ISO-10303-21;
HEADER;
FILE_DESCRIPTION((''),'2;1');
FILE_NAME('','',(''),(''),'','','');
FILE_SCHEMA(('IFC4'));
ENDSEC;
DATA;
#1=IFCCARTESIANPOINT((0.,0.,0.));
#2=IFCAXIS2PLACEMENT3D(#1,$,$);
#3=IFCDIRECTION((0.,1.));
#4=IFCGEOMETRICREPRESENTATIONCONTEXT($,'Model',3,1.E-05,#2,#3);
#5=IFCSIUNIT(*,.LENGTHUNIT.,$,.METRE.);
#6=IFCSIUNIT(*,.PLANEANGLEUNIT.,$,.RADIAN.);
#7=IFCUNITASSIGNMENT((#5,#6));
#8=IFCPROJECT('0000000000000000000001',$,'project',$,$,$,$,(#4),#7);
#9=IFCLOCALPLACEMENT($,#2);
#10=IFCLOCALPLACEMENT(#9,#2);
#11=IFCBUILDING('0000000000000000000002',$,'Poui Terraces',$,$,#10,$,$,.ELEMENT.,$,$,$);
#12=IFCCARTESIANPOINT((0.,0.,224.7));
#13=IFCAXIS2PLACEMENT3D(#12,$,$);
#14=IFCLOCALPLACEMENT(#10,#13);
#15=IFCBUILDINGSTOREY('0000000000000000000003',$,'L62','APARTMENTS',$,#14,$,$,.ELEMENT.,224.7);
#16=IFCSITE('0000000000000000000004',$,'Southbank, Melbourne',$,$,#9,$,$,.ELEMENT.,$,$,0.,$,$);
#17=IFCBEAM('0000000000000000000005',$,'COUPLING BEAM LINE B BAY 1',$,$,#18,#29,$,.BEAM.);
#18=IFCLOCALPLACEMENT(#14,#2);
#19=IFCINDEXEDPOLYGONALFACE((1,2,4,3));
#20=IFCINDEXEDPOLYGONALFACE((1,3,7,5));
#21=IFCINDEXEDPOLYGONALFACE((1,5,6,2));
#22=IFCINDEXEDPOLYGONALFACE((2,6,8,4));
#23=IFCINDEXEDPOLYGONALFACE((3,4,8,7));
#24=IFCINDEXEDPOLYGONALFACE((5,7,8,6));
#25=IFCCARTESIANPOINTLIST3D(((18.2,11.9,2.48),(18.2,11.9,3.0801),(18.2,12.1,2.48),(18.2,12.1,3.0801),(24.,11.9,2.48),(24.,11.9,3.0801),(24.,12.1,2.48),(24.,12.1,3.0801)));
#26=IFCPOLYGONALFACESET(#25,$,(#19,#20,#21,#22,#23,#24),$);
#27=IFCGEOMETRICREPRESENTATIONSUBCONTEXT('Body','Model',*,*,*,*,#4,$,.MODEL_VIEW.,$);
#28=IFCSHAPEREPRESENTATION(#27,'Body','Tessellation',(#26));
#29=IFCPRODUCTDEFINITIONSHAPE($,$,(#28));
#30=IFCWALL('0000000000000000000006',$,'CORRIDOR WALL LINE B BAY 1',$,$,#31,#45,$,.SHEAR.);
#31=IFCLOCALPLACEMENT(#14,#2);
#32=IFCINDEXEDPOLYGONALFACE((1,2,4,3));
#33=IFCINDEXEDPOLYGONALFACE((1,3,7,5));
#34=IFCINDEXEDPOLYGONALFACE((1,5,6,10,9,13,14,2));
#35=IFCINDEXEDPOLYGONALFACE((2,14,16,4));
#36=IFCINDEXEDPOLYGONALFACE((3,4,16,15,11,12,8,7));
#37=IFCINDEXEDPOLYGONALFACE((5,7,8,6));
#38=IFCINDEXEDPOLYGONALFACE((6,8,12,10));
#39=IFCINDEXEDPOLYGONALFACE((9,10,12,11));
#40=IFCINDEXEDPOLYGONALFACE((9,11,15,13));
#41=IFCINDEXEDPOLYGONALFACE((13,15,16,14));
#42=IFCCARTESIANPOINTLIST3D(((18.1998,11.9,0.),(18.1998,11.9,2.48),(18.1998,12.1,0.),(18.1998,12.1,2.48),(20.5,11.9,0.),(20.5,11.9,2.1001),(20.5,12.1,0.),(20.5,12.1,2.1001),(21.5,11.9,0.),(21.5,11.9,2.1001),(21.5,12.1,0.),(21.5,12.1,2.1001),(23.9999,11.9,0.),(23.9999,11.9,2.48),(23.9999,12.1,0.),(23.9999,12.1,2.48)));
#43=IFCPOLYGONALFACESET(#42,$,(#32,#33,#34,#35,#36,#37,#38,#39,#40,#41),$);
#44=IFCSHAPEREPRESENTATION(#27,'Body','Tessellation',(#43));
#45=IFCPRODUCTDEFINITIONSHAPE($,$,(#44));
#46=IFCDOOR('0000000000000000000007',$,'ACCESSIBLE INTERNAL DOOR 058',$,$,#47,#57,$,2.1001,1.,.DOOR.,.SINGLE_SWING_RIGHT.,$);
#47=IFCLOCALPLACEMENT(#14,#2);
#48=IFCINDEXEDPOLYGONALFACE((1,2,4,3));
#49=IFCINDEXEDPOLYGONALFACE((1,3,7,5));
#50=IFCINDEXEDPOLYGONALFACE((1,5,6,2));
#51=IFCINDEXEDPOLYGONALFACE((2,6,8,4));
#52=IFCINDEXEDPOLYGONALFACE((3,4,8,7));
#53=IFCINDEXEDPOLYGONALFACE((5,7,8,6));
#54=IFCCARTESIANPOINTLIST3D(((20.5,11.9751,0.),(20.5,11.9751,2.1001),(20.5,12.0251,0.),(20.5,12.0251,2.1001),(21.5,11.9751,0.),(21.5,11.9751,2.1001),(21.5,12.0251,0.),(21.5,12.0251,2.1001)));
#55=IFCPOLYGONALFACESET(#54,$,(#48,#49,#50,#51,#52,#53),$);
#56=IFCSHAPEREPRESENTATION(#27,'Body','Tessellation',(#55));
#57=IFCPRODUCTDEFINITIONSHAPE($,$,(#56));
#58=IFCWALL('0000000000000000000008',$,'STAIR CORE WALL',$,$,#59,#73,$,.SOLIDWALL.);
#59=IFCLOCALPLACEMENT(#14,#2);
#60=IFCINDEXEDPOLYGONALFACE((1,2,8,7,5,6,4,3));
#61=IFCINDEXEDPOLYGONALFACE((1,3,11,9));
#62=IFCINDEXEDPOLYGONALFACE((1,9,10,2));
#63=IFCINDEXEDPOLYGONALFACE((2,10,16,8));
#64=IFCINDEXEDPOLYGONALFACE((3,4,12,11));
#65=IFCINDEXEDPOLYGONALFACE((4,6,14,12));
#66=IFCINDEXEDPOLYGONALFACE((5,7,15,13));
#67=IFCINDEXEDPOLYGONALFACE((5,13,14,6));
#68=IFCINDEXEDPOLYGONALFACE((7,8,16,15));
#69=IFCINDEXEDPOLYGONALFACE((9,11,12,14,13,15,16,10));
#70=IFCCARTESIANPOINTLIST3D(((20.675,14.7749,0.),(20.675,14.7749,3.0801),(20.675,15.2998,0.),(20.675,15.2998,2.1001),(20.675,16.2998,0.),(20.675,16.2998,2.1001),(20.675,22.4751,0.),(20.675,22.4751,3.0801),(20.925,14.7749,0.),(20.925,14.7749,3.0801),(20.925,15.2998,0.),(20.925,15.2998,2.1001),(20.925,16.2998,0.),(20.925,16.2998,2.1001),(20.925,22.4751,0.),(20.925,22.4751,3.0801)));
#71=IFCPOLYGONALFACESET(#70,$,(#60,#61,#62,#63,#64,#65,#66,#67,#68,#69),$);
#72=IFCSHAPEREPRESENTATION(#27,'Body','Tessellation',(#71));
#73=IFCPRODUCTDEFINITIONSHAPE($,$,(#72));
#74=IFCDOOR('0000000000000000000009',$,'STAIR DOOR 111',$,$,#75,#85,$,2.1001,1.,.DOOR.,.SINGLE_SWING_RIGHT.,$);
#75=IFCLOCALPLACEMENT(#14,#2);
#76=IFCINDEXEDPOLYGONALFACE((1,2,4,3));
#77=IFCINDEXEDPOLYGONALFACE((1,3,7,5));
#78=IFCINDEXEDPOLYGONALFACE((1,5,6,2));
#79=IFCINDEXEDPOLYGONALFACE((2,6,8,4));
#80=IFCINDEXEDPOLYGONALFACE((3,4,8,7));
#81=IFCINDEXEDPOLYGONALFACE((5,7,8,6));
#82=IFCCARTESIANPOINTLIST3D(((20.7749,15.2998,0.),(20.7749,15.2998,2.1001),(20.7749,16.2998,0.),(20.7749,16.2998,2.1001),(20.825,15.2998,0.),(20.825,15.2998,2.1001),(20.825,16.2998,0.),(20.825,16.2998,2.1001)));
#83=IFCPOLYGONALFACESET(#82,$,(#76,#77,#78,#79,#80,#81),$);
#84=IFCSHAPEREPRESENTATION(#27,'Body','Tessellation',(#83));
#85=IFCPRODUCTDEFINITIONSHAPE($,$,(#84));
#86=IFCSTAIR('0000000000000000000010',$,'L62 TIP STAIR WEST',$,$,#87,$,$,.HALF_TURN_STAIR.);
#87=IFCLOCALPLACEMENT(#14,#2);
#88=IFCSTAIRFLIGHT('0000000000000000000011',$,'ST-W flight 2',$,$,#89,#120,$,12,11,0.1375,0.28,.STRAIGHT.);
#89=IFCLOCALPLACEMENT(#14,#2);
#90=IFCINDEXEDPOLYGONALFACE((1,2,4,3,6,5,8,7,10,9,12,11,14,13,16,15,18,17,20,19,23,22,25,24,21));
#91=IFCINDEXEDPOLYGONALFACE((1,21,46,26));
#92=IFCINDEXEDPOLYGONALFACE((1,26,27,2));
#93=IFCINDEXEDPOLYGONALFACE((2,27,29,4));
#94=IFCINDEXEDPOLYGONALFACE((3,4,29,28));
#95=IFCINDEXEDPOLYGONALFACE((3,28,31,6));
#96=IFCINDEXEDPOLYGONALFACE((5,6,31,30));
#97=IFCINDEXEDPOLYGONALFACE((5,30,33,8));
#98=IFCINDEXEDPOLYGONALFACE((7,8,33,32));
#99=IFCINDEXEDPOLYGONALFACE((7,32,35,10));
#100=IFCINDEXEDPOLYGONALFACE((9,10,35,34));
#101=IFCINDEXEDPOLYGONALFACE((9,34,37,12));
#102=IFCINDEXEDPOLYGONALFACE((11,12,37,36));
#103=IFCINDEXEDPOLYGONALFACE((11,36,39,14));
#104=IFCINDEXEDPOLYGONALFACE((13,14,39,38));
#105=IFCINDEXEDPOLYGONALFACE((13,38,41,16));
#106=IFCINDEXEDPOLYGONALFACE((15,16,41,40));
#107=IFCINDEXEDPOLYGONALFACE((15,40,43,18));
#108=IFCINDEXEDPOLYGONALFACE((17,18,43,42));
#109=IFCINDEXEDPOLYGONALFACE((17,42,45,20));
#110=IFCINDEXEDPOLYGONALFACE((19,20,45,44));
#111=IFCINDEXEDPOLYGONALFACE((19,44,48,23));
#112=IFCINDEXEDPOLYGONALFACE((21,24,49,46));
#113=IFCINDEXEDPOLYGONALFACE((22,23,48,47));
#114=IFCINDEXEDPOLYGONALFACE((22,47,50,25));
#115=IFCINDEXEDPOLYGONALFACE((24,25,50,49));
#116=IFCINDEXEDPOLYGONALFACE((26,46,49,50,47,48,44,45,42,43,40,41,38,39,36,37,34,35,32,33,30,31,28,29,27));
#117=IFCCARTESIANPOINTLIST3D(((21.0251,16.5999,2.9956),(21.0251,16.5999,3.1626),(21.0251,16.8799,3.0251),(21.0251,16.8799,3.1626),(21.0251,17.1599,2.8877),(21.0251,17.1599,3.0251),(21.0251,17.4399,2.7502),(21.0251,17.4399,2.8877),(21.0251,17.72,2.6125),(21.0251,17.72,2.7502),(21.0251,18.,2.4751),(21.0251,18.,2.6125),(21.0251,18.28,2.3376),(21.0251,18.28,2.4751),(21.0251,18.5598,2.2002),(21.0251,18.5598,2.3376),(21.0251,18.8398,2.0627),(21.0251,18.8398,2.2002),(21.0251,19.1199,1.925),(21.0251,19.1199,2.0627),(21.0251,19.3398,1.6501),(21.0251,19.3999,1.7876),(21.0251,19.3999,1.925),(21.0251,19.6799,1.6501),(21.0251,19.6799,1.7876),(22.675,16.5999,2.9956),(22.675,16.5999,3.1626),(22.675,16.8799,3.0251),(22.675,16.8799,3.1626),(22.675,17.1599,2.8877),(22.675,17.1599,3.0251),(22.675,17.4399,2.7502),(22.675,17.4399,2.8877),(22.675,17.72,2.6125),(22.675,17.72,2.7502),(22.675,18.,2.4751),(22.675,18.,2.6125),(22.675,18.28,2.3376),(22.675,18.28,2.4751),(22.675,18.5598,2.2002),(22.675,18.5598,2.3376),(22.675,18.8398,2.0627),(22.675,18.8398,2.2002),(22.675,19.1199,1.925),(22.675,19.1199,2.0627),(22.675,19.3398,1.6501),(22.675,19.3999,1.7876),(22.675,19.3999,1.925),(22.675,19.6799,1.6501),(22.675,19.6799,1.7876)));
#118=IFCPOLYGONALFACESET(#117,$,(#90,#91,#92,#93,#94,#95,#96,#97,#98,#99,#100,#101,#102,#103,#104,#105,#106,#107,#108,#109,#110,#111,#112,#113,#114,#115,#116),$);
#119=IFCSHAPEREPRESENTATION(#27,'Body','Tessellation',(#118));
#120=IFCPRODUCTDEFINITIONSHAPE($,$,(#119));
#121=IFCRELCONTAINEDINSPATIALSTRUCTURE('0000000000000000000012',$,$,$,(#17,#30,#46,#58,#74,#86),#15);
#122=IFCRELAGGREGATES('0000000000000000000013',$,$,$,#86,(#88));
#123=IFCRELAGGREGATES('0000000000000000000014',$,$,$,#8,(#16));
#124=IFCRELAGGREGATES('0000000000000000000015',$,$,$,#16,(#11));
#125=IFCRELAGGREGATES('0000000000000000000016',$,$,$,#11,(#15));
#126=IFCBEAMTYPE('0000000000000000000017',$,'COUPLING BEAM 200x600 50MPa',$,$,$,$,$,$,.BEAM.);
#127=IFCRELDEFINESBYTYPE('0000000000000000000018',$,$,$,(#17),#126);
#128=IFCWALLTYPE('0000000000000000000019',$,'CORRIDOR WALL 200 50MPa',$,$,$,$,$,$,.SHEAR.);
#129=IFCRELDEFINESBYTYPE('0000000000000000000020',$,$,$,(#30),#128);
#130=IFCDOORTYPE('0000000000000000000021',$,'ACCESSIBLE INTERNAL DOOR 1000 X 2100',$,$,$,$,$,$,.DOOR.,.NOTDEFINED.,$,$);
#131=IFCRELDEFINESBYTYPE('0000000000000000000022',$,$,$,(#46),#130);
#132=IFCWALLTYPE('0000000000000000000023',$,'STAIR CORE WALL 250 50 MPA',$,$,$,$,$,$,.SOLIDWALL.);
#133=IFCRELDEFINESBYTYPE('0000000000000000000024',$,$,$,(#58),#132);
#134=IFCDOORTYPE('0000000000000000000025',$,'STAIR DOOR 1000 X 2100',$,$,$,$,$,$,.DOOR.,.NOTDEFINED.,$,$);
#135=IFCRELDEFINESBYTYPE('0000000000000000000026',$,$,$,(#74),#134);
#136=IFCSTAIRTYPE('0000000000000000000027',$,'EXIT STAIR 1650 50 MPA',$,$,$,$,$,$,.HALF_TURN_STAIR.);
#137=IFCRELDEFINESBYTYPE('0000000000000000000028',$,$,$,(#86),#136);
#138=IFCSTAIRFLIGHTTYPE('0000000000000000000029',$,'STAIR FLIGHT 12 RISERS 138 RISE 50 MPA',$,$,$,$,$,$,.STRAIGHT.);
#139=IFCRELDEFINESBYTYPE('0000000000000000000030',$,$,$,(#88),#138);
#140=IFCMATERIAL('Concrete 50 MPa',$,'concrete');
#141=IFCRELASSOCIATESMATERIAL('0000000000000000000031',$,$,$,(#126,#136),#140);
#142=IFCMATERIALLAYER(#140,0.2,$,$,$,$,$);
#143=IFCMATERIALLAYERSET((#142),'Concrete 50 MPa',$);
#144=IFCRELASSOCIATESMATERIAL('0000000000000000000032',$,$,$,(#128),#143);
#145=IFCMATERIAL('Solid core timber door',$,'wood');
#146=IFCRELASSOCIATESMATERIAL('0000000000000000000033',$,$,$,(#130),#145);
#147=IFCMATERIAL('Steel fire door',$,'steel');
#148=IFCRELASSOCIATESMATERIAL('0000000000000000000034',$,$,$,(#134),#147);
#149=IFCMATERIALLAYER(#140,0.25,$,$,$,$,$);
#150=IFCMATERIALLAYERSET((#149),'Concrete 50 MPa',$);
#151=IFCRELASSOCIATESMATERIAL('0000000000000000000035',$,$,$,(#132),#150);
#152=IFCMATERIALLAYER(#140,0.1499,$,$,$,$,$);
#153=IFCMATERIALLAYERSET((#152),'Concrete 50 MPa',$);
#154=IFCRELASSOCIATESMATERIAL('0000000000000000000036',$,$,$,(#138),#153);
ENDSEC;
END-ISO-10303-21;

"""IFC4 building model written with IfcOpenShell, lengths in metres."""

from ifc_helpers import new_model, si_unit, direction, frame, frame_2d, origin, origin_2d, place, context, subcontext, project, spatial, polyline, rectangle, outline, extrude, source, transform, mapped, material, layer, layer_set, material_profile, profile_set, type_object, element, fill, aggregate, save


model = new_model("IFC4")

# Units and contexts
model_context = context("Model", 3, precision=1e-05, world=origin(), true_north=direction((0.0, 1.0)))
body_context = subcontext(model_context, "Body", "Model", "MODEL_VIEW")
ifc_project = project(units=[si_unit("LENGTHUNIT", "METRE"), si_unit("PLANEANGLEUNIT", "RADIAN")], contexts=[model_context])

# Site, building, storey
site_placement = place(None, origin())
site = spatial("IfcSite", under=ifc_project, at=site_placement, Name="Southbank, Melbourne", CompositionType="ELEMENT", RefElevation=0.0)
building_placement = place(site_placement, origin())
building = spatial("IfcBuilding", under=site, at=building_placement, Name="Poui Terraces", CompositionType="ELEMENT")
storey_placement = place(building_placement, frame((0.0, 0.0, 224.7)))
storey = spatial("IfcBuildingStorey", under=building, at=storey_placement, Name="L62", Description="APARTMENTS", CompositionType="ELEMENT", Elevation=224.7)

# Beam
ifc_material_1 = material(Name="Concrete 50 MPa", Category="concrete")
ifc_material_profile = material_profile(ifc_material_1, rectangle(XDim=0.2, YDim=0.6001, at=origin_2d()), Name="RC 200x600")
ifc_profile_set = profile_set([ifc_material_profile], Name="Concrete 50 MPa")
beam_type = type_object("IfcBeamType", Name="COUPLING BEAM 200x600 50MPa", PredefinedType="BEAM", material=ifc_profile_set)
shared_shape = source(origin(), body_context, "Body", "SweptSolid", [
    extrude(rectangle(XDim=0.2, YDim=0.6001, at=origin_2d()), origin(), (0.0, 0.0, 1.0), 5.8),
])
beam_placement = place(storey_placement, frame((18.2, 12.0, 2.78), z_axis=(1.0, 0.0, 0.0), x_axis=(0.0, 1.0, 0.0)))
element("IfcBeam", 1, at=beam_placement, inside=storey, type_object=beam_type, Name="COUPLING BEAM LINE B BAY 1", PredefinedType="BEAM", context=body_context, shape_type="MappedRepresentation", body=[
    mapped(shared_shape, transform((0.0, 0.0, 0.0))),
])

# Wall, opening, door
ifc_layer_1 = layer(ifc_material_1, 0.2)
ifc_layer_set_1 = layer_set([ifc_layer_1], Name="Concrete 50 MPa")
wall_type_1 = type_object("IfcWallType", Name="CORRIDOR WALL 200 50MPa", PredefinedType="SHEAR", material=ifc_layer_set_1)
wall_1_placement = place(storey_placement, frame((18.2, 12.0, 0.0), z_axis=(0.0, 0.0, 1.0), x_axis=(1.0, 0.0, 0.0)))
wall_1 = element("IfcWall", 2, at=wall_1_placement, inside=storey, type_object=wall_type_1, Name="CORRIDOR WALL LINE B BAY 1", PredefinedType="SHEAR", context=body_context, shape_type="SweptSolid", body=[
    extrude(rectangle(XDim=5.8, YDim=0.2, at=frame_2d((2.8999, 0.0))), origin(), (0.0, 0.0, 1.0), 2.48),
])
opening_1_placement = place(wall_1_placement, frame((2.3, 0.0, 0.0)))
opening_1 = element("IfcOpeningElement", 3, at=opening_1_placement, cuts=wall_1, PredefinedType="OPENING", context=body_context, shape_type="SweptSolid", body=[
    extrude(rectangle(XDim=1.0, YDim=2.1001, at=frame_2d((0.5, 1.05))), frame((0.0, 0.1099, 0.0), z_axis=(0.0, -1.0, 0.0), x_axis=(1.0, 0.0, 0.0)), (0.0, 0.0, 1.0), 0.22),
])
ifc_material_2 = material(Name="Solid core timber door", Category="wood")
door_type_1 = type_object("IfcDoorType", Name="ACCESSIBLE INTERNAL DOOR 1000 X 2100", OperationType="NOTDEFINED", PredefinedType="DOOR", material=ifc_material_2)
door_1_placement = place(opening_1_placement, frame((1.0, 0.0, 0.0), z_axis=(0.0, 0.0, 1.0), x_axis=(-1.0, 0.0, 0.0)))
door_1 = element("IfcDoor", 4, at=door_1_placement, inside=storey, type_object=door_type_1, Name="ACCESSIBLE INTERNAL DOOR 058", OperationType="SINGLE_SWING_RIGHT", OverallHeight=2.1001, OverallWidth=1.0, PredefinedType="DOOR", context=body_context, shape_type="SweptSolid", body=[
    extrude(rectangle(XDim=1.0, YDim=2.1001, at=frame_2d((0.5, 1.05))), frame((0.0, 0.0249, 0.0), z_axis=(0.0, -1.0, 0.0), x_axis=(1.0, 0.0, 0.0)), (0.0, 0.0, 1.0), 0.05),
])
fill(opening_1, door_1)

# Shared definitions
ifc_material_3 = material(Name="Steel fire door", Category="steel")
door_type_2 = type_object("IfcDoorType", Name="STAIR DOOR 1000 X 2100", OperationType="NOTDEFINED", PredefinedType="DOOR", material=ifc_material_3)

# Wall, opening, door
ifc_layer_2 = layer(ifc_material_1, 0.25)
ifc_layer_set_2 = layer_set([ifc_layer_2], Name="Concrete 50 MPa")
wall_type_2 = type_object("IfcWallType", Name="STAIR CORE WALL 250 50 MPA", PredefinedType="SOLIDWALL", material=ifc_layer_set_2)
wall_2_placement = place(storey_placement, frame((20.8, 14.7749, 0.0), z_axis=(0.0, 0.0, 1.0), x_axis=(0.0, 1.0, 0.0)))
wall_2 = element("IfcWall", 5, at=wall_2_placement, inside=storey, type_object=wall_type_2, Name="STAIR CORE WALL", PredefinedType="SOLIDWALL", context=body_context, shape_type="SweptSolid", body=[
    extrude(rectangle(XDim=7.7002, YDim=0.25, at=frame_2d((3.8501, 0.0))), origin(), (0.0, 0.0, 1.0), 3.0801),
])
opening_2_placement = place(wall_2_placement, frame((0.5249, 0.0, 0.0)))
opening_2 = element("IfcOpeningElement", 6, at=opening_2_placement, cuts=wall_2, PredefinedType="OPENING", context=body_context, shape_type="SweptSolid", body=[
    extrude(rectangle(XDim=1.0, YDim=2.1001, at=frame_2d((0.5, 1.05))), frame((0.0, 0.135, 0.0), z_axis=(0.0, -1.0, 0.0), x_axis=(1.0, 0.0, 0.0)), (0.0, 0.0, 1.0), 0.27),
])
door_2_placement = place(opening_2_placement, frame((1.0, 0.0, 0.0), z_axis=(0.0, 0.0, 1.0), x_axis=(-1.0, 0.0, 0.0)))
door_2 = element("IfcDoor", 7, at=door_2_placement, inside=storey, type_object=door_type_2, Name="STAIR DOOR 111", OperationType="SINGLE_SWING_RIGHT", OverallHeight=2.1001, OverallWidth=1.0, PredefinedType="DOOR", context=body_context, shape_type="SweptSolid", body=[
    extrude(rectangle(XDim=1.0, YDim=2.1001, at=frame_2d((0.5, 1.05))), frame((0.0, 0.0249, 0.0), z_axis=(0.0, -1.0, 0.0), x_axis=(1.0, 0.0, 0.0)), (0.0, 0.0, 1.0), 0.05),
])
fill(opening_2, door_2)

# Stair, stair flight
stair_type = type_object("IfcStairType", Name="EXIT STAIR 1650 50 MPA", PredefinedType="HALF_TURN_STAIR", material=ifc_material_1)
stair_placement = place(storey_placement, origin())
stair = element("IfcStair", 8, at=stair_placement, inside=storey, type_object=stair_type, Name="L62 TIP STAIR WEST", PredefinedType="HALF_TURN_STAIR")
ifc_layer_3 = layer(ifc_material_1, 0.1499)
ifc_layer_set_3 = layer_set([ifc_layer_3], Name="Concrete 50 MPa")
stair_flight_type = type_object("IfcStairFlightType", Name="STAIR FLIGHT 12 RISERS 138 RISE 50 MPA", PredefinedType="STRAIGHT", material=ifc_layer_set_3)
stair_flight_placement = place(storey_placement, frame((21.8501, 19.6799, 1.6501), z_axis=(0.0, 0.0, 1.0), x_axis=(0.0, -1.0, 0.0)))
stair_flight = element("IfcStairFlight", 9, at=stair_flight_placement, type_object=stair_flight_type, Name="ST-W flight 2", NumberOfRisers=12, NumberOfTreads=11, PredefinedType="STRAIGHT", RiserHeight=0.1375, TreadLength=0.28, context=body_context, shape_type="SweptSolid", body=[
    extrude(outline(polyline([(0.0, 0.0), (0.0, 0.1375), (0.28, 0.1375), (0.28, 0.2749), (0.5601, 0.2749), (0.5601, 0.4126), (0.8401, 0.4126), (0.8401, 0.55), (1.1201, 0.55), (1.1201, 0.6875), (1.3999, 0.6875), (1.3999, 0.825), (1.6799, 0.825), (1.6799, 0.9624), (1.96, 0.9624), (1.96, 1.1001), (2.24, 1.1001), (2.24, 1.2375), (2.52, 1.2375), (2.52, 1.375), (2.8, 1.375), (2.8, 1.5125), (3.0801, 1.5125), (3.0801, 1.6499), (3.0801, 1.3455), (0.3401, 0.0), (0.0, 0.0)])), frame((0.0, 0.825, 0.0), z_axis=(0.0, -1.0, 0.0), x_axis=(1.0, 0.0, 0.0)), (0.0, 0.0, 1.0), 1.6499),
])
aggregate(stair, [stair_flight])

save(model, "model.ifc")
